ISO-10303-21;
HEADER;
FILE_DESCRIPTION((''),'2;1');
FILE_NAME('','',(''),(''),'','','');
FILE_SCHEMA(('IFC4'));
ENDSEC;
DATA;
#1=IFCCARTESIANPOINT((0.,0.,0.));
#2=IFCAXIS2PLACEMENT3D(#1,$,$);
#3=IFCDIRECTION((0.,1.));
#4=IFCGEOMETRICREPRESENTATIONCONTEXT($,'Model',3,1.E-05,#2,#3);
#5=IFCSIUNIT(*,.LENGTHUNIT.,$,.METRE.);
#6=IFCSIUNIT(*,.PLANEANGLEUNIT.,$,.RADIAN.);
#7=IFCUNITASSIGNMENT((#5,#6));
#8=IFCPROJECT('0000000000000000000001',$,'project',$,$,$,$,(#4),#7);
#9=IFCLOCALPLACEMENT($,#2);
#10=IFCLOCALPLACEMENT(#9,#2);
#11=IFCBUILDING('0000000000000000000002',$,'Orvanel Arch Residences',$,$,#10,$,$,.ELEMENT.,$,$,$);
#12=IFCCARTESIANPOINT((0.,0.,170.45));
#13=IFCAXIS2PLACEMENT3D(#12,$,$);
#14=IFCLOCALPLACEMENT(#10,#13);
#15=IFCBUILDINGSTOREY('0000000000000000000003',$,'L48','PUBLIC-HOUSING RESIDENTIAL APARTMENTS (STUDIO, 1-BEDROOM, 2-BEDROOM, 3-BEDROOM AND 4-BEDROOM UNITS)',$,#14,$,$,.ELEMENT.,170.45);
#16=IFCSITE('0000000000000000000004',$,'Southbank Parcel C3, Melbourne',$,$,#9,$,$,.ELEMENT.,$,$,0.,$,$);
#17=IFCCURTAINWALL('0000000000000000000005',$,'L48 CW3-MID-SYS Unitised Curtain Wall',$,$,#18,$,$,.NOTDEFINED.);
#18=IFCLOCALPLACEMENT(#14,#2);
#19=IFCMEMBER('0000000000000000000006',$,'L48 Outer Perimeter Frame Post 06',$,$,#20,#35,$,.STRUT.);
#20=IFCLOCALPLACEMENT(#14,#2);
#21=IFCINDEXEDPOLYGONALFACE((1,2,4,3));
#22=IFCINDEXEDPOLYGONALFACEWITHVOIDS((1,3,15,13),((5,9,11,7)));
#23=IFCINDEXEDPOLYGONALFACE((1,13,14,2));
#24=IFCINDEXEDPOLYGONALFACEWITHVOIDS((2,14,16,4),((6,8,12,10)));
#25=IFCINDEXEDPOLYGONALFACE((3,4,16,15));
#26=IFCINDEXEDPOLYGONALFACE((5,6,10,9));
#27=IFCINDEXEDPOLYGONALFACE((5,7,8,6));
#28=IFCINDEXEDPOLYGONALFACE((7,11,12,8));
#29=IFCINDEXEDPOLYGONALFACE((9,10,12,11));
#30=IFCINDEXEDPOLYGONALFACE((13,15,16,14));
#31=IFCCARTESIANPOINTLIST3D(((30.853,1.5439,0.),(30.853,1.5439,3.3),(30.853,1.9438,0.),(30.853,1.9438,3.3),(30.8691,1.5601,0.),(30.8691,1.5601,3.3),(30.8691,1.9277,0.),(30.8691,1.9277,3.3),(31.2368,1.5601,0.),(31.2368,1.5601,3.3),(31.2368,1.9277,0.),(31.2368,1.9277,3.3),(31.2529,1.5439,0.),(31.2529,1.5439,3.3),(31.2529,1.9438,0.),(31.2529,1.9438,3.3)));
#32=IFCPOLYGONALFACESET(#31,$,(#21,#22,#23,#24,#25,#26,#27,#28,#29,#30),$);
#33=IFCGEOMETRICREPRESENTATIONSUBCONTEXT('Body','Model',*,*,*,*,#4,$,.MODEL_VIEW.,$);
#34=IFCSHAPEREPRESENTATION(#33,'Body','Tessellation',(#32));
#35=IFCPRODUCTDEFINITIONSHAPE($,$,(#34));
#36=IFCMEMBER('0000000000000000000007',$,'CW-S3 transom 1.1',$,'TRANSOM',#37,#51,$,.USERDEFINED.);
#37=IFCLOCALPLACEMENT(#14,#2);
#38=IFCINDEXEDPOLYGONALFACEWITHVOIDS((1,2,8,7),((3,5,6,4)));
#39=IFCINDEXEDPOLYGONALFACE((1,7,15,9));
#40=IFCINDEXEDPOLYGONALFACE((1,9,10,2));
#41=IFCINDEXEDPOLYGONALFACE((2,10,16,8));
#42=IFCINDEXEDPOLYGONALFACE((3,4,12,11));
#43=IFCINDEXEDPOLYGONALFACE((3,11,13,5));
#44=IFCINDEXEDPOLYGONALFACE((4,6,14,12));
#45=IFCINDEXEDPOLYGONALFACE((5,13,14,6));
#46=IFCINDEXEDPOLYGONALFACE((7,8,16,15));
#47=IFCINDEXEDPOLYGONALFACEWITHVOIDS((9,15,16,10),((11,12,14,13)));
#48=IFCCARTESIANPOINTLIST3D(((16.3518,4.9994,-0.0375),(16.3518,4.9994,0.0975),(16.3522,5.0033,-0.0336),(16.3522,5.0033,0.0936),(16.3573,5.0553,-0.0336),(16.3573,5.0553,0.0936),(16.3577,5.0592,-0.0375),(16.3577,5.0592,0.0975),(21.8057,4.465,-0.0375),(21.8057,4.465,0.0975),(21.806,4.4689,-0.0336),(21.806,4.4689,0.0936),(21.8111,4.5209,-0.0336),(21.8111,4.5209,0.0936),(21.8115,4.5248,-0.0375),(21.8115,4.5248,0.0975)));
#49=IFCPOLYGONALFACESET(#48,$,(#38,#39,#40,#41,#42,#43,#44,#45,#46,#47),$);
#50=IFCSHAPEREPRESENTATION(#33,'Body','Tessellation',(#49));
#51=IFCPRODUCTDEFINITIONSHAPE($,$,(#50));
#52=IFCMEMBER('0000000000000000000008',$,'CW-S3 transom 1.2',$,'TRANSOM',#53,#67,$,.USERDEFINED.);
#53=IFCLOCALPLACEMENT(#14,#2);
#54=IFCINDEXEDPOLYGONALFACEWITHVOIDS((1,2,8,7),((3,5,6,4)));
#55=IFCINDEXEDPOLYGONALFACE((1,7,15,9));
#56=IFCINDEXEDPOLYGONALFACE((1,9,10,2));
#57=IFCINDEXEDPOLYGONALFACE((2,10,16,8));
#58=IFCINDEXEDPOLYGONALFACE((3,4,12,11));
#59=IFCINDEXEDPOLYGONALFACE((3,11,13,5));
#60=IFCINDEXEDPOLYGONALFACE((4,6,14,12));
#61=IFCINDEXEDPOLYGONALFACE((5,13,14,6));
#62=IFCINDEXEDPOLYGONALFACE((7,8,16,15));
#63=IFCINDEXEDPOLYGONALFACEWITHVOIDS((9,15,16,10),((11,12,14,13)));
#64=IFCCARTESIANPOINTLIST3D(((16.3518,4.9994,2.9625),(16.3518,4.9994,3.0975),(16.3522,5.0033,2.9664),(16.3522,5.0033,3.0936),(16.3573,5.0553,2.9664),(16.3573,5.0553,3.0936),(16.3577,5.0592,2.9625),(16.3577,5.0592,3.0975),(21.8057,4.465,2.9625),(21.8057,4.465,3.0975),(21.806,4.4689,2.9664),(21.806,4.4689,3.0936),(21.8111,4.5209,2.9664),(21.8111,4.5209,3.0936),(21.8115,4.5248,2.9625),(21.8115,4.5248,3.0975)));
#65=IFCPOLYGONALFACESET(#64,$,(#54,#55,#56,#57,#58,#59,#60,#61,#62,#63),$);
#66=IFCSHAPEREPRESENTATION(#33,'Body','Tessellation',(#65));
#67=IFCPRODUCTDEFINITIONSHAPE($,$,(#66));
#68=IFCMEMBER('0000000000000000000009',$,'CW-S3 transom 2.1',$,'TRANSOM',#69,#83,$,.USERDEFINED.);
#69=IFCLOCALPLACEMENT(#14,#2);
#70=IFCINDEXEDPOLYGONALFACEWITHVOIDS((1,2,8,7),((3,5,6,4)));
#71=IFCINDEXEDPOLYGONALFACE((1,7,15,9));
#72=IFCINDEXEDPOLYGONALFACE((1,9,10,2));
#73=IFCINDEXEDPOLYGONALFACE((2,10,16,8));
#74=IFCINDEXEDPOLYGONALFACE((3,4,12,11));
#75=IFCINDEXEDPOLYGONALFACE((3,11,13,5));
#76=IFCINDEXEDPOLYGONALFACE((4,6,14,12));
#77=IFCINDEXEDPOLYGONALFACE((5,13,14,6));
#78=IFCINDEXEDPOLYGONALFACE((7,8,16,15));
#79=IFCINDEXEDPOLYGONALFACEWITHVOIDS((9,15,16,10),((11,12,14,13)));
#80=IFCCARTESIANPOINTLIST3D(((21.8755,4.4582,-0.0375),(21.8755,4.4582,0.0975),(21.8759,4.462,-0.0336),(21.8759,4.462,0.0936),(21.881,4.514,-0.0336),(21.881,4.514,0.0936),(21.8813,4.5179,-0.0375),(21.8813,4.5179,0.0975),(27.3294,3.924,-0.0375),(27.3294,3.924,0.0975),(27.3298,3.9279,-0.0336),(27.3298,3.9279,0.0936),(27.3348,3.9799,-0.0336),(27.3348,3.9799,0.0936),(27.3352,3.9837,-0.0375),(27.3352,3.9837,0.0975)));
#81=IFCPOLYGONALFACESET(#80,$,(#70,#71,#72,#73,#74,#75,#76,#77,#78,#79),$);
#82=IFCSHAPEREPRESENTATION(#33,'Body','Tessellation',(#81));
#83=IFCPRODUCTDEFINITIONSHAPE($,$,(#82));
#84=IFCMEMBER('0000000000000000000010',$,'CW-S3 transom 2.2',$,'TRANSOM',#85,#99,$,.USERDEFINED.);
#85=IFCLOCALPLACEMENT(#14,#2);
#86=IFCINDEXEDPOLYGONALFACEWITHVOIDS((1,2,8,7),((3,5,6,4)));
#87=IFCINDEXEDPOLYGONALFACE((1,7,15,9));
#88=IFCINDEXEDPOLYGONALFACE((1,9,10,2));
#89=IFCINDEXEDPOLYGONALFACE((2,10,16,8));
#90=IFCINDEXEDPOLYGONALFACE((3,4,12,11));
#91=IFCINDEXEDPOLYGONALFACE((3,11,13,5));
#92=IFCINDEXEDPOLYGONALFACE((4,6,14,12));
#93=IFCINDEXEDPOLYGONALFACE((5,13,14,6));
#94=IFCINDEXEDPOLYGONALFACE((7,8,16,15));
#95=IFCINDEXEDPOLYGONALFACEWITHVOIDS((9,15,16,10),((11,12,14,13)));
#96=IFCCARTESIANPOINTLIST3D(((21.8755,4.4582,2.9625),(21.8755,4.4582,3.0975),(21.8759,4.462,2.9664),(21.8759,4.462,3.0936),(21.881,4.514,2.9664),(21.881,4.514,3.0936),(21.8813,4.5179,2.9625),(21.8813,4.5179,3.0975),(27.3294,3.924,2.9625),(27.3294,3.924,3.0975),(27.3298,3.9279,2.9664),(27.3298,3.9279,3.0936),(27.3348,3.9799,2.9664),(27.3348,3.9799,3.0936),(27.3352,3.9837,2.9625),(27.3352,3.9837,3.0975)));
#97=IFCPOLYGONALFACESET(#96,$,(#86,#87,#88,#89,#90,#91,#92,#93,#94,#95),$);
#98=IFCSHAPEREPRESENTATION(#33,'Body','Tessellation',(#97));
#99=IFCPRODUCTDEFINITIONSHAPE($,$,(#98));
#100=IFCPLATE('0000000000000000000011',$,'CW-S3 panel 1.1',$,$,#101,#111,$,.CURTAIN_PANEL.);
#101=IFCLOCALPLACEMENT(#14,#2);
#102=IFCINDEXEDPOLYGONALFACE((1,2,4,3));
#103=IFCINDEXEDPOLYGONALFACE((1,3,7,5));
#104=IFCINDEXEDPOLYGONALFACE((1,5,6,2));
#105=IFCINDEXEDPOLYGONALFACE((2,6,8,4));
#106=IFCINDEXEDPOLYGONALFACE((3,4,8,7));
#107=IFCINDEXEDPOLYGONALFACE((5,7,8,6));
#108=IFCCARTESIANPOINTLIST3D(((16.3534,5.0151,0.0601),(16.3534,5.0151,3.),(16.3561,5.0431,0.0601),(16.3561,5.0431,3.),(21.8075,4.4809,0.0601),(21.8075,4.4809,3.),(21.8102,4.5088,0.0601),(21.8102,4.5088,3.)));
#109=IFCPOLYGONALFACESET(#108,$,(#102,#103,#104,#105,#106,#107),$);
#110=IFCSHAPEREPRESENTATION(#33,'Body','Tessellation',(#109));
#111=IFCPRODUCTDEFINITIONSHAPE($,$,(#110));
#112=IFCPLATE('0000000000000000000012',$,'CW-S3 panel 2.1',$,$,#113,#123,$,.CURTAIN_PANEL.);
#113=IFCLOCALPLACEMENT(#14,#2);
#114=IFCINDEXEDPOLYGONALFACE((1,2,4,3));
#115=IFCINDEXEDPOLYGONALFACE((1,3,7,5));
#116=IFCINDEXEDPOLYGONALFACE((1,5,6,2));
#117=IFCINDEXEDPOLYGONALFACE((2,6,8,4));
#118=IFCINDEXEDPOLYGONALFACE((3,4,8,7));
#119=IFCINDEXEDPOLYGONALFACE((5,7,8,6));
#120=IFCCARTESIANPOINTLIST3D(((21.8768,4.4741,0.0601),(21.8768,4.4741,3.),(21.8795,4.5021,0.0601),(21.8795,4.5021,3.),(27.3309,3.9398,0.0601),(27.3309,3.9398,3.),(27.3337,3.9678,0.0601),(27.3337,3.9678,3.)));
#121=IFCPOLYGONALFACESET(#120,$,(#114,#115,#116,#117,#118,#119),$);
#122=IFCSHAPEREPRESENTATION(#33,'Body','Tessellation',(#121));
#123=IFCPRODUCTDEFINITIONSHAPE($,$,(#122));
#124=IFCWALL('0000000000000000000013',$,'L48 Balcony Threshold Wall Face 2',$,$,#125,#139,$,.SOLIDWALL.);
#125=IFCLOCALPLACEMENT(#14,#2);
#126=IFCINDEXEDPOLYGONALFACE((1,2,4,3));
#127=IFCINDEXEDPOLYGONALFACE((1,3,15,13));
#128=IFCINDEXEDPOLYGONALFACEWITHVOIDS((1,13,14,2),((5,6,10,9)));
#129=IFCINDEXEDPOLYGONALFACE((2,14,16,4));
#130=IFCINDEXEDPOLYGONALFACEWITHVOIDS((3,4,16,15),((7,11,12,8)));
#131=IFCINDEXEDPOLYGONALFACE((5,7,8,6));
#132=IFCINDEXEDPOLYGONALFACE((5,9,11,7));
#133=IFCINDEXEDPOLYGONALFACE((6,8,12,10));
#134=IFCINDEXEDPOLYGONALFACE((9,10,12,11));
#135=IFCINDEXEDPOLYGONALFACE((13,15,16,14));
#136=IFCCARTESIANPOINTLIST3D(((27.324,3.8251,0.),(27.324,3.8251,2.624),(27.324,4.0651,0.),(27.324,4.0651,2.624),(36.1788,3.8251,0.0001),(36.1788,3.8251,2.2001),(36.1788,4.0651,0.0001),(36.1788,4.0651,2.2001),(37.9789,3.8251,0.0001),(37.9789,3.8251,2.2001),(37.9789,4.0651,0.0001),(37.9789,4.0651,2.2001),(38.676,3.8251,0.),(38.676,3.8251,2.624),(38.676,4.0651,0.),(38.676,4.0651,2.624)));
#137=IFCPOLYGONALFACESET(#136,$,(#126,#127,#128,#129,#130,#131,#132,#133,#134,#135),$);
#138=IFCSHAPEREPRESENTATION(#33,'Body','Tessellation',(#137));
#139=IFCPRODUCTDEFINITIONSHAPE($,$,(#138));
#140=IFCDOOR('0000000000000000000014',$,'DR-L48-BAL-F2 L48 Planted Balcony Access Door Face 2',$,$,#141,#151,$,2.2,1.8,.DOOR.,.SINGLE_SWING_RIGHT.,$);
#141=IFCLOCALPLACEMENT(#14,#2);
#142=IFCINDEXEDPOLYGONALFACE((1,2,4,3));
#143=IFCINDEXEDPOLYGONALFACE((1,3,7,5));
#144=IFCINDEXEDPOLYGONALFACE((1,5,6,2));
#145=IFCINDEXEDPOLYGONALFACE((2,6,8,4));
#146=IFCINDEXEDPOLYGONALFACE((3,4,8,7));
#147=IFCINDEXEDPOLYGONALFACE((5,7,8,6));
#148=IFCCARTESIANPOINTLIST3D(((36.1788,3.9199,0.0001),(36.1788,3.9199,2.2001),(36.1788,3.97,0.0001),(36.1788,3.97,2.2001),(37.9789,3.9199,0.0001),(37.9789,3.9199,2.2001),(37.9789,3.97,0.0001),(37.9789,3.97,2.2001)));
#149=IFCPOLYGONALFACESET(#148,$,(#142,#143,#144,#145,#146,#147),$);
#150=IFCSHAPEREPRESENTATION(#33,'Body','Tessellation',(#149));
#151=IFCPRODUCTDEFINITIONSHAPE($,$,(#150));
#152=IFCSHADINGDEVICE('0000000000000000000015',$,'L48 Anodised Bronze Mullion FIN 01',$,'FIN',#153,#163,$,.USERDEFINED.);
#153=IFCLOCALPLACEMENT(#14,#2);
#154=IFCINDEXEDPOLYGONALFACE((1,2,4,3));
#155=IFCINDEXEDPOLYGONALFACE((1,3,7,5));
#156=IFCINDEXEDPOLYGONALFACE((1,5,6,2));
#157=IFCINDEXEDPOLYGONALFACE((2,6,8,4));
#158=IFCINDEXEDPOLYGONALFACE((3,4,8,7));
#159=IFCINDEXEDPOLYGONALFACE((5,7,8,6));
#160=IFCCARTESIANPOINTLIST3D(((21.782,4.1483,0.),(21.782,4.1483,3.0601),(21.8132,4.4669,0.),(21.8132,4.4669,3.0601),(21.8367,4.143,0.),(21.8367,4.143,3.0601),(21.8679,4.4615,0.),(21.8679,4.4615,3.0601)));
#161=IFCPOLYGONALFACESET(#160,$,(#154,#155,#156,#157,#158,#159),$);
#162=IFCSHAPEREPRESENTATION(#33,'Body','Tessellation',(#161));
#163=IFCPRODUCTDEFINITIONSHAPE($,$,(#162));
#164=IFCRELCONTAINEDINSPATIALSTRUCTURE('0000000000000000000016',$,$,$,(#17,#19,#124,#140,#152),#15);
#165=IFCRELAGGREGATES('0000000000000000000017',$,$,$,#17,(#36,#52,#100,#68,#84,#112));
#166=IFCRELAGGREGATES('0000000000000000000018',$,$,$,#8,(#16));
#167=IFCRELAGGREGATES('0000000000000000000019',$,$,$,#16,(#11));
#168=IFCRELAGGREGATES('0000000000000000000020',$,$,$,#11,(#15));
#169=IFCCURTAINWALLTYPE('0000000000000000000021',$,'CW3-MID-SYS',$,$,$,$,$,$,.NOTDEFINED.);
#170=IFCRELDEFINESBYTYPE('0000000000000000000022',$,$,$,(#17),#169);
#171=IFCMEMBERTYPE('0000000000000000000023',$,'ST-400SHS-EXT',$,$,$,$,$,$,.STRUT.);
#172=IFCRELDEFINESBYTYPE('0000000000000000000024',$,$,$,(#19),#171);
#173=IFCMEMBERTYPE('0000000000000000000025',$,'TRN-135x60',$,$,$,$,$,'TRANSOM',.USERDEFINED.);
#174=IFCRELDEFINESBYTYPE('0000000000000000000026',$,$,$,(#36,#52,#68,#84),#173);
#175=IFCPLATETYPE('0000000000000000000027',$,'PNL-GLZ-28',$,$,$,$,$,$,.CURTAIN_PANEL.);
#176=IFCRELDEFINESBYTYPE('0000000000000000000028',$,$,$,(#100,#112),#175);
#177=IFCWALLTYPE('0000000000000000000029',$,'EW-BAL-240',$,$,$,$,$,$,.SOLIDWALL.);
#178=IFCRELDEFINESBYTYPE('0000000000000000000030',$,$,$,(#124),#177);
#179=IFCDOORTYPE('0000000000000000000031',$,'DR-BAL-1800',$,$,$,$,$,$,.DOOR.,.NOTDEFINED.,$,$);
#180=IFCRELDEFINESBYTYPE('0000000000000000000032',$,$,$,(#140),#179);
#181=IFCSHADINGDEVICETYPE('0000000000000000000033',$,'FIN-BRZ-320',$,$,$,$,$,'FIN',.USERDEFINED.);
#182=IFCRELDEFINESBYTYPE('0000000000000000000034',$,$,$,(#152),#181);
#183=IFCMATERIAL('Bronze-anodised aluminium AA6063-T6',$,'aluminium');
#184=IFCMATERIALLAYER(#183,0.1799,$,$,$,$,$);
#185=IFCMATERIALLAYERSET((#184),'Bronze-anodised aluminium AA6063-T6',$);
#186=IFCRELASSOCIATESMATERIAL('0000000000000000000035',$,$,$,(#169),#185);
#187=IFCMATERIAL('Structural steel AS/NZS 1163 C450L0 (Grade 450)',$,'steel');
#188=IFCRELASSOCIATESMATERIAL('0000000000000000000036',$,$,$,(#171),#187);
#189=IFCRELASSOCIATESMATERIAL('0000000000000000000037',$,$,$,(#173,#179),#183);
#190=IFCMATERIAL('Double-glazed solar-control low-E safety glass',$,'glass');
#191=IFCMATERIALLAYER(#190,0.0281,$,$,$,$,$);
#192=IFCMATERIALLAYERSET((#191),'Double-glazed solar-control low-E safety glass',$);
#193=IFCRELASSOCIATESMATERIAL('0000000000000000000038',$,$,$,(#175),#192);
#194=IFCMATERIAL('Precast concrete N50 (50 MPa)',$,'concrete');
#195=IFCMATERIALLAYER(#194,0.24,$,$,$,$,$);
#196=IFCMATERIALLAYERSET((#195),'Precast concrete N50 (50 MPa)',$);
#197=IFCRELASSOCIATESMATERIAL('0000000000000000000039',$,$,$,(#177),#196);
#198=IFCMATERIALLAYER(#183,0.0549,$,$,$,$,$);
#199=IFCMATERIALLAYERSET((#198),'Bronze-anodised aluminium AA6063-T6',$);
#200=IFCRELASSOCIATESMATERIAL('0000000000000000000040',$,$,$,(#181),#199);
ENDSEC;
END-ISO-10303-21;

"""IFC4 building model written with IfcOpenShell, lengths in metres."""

from ifc_helpers import new_model, si_unit, direction, frame, frame_2d, origin, origin_2d, place, context, subcontext, project, spatial, rectangle, hollow_rectangle, extrude, material, layer, layer_set, material_profile, profile_set, type_object, element, fill, aggregate, save


model = new_model("IFC4")

# Units and contexts
model_context = context("Model", 3, precision=1e-05, world=origin(), true_north=direction((0.0, 1.0)))
body_context = subcontext(model_context, "Body", "Model", "MODEL_VIEW")
ifc_project = project(units=[si_unit("LENGTHUNIT", "METRE"), si_unit("PLANEANGLEUNIT", "RADIAN")], contexts=[model_context])

# Site, building, storey
site_placement = place(None, origin())
site = spatial("IfcSite", under=ifc_project, at=site_placement, Name="Southbank Parcel C3, Melbourne", CompositionType="ELEMENT", RefElevation=0.0)
building_placement = place(site_placement, origin())
building = spatial("IfcBuilding", under=site, at=building_placement, Name="Orvanel Arch Residences", CompositionType="ELEMENT")
storey_placement = place(building_placement, frame((0.0, 0.0, 170.45)))
storey = spatial("IfcBuildingStorey", under=building, at=storey_placement, Name="L48", Description="PUBLIC-HOUSING RESIDENTIAL APARTMENTS (STUDIO, 1-BEDROOM, 2-BEDROOM, 3-BEDROOM AND 4-BEDROOM UNITS)", CompositionType="ELEMENT", Elevation=170.45)

# Shared definitions
ifc_material_1 = material(Name="Bronze-anodised aluminium AA6063-T6", Category="aluminium")

# Curtain wall
ifc_layer_1 = layer(ifc_material_1, 0.1799)
ifc_layer_set_1 = layer_set([ifc_layer_1], Name="Bronze-anodised aluminium AA6063-T6")
curtain_wall_type_1 = type_object("IfcCurtainWallType", Name="CW3-MID-SYS", PredefinedType="NOTDEFINED", material=ifc_layer_set_1)
curtain_wall_1_placement = place(storey_placement, origin())
curtain_wall_1 = element("IfcCurtainWall", 1, at=curtain_wall_1_placement, inside=storey, type_object=curtain_wall_type_1, Name="L48 CW3-MID-SYS Unitised Curtain Wall", PredefinedType="NOTDEFINED")

# Member
ifc_material_2 = material(Name="Structural steel AS/NZS 1163 C450L0 (Grade 450)", Category="steel")
ifc_material_profile_1 = material_profile(ifc_material_2, hollow_rectangle(XDim=0.3999, YDim=0.3999, WallThickness=0.0161, at=origin_2d()), Name="SHS400x400x16")
ifc_profile_set_1 = profile_set([ifc_material_profile_1], Name="Structural steel AS/NZS 1163 C450L0 (Grade 450)")
member_type_1 = type_object("IfcMemberType", Name="ST-400SHS-EXT", PredefinedType="STRUT", material=ifc_profile_set_1)
for number, where, z_axis, x_axis, name in (
    (2, (31.053, 1.7439, 0.0), (0.0, 0.0, 1.0), (1.0, 0.0, 0.0), "L48 Outer Perimeter Frame Post 06"),
):
    element("IfcMember", number, at=place(storey_placement, frame(where, z_axis=z_axis, x_axis=x_axis)), inside=storey, type_object=member_type_1, Name=name, PredefinedType="STRUT", context=body_context, shape_type="SweptSolid", body=[
        extrude(hollow_rectangle(XDim=0.3999, YDim=0.3999, WallThickness=0.0161, at=origin_2d()), origin(), (0.0, 0.0, 1.0), 3.3),
    ])

# Members
ifc_material_profile_2 = material_profile(ifc_material_1, hollow_rectangle(XDim=0.0601, YDim=0.135, WallThickness=0.0039, at=origin_2d()), Name="ALU135x60x4")
ifc_profile_set_2 = profile_set([ifc_material_profile_2], Name="Bronze-anodised aluminium AA6063-T6")
member_type_2 = type_object("IfcMemberType", Name="TRN-135x60", ElementType="TRANSOM", PredefinedType="USERDEFINED", material=ifc_profile_set_2)
member_1_placement = place(storey_placement, frame((16.3547, 5.0293, 0.03), z_axis=(0.995233, -0.097523, 0.0), x_axis=(0.097523, 0.995233, 0.0)))
member_1 = element("IfcMember", 3, at=member_1_placement, type_object=member_type_2, Name="CW-S3 transom 1.1", ObjectType="TRANSOM", PredefinedType="USERDEFINED", context=body_context, shape_type="SweptSolid", body=[
    extrude(hollow_rectangle(XDim=0.0601, YDim=0.135, WallThickness=0.0039, at=origin_2d()), origin(), (0.0, 0.0, 1.0), 5.48),
])
member_2_placement = place(storey_placement, frame((16.3547, 5.0293, 3.03), z_axis=(0.995233, -0.097523, 0.0), x_axis=(0.097523, 0.995233, 0.0)))
member_2 = element("IfcMember", 4, at=member_2_placement, type_object=member_type_2, Name="CW-S3 transom 1.2", ObjectType="TRANSOM", PredefinedType="USERDEFINED", context=body_context, shape_type="SweptSolid", body=[
    extrude(hollow_rectangle(XDim=0.0601, YDim=0.135, WallThickness=0.0039, at=origin_2d()), origin(), (0.0, 0.0, 1.0), 5.48),
])
member_3_placement = place(storey_placement, frame((21.8784, 4.488, 0.03), z_axis=(0.995238, -0.097479, 0.0), x_axis=(0.097479, 0.995238, 0.0)))
member_3 = element("IfcMember", 5, at=member_3_placement, type_object=member_type_2, Name="CW-S3 transom 2.1", ObjectType="TRANSOM", PredefinedType="USERDEFINED", context=body_context, shape_type="SweptSolid", body=[
    extrude(hollow_rectangle(XDim=0.0601, YDim=0.135, WallThickness=0.0039, at=origin_2d()), origin(), (0.0, 0.0, 1.0), 5.48),
])
member_4_placement = place(storey_placement, frame((21.8784, 4.488, 3.03), z_axis=(0.995238, -0.097479, 0.0), x_axis=(0.097479, 0.995238, 0.0)))
member_4 = element("IfcMember", 6, at=member_4_placement, type_object=member_type_2, Name="CW-S3 transom 2.2", ObjectType="TRANSOM", PredefinedType="USERDEFINED", context=body_context, shape_type="SweptSolid", body=[
    extrude(hollow_rectangle(XDim=0.0601, YDim=0.135, WallThickness=0.0039, at=origin_2d()), origin(), (0.0, 0.0, 1.0), 5.48),
])

# Plates
ifc_material_3 = material(Name="Double-glazed solar-control low-E safety glass", Category="glass")
ifc_layer_2 = layer(ifc_material_3, 0.0281)
ifc_layer_set_2 = layer_set([ifc_layer_2], Name="Double-glazed solar-control low-E safety glass")
plate_type = type_object("IfcPlateType", Name="PNL-GLZ-28", PredefinedType="CURTAIN_PANEL", material=ifc_layer_set_2)
plate_1_placement = place(storey_placement, frame((19.0818, 4.762, 0.0601), z_axis=(0.0, 0.0, 1.0), x_axis=(0.995236, -0.097491, 0.0)))
plate_1 = element("IfcPlate", 7, at=plate_1_placement, type_object=plate_type, Name="CW-S3 panel 1.1", PredefinedType="CURTAIN_PANEL", context=body_context, shape_type="SweptSolid", body=[
    extrude(rectangle(XDim=5.4802, YDim=0.0281, at=origin_2d()), origin(), (0.0, 0.0, 1.0), 2.9399),
])
plate_2_placement = place(storey_placement, frame((24.6052, 4.2209, 0.0601), z_axis=(0.0, 0.0, 1.0), x_axis=(0.995236, -0.097491, 0.0)))
plate_2 = element("IfcPlate", 8, at=plate_2_placement, type_object=plate_type, Name="CW-S3 panel 2.1", PredefinedType="CURTAIN_PANEL", context=body_context, shape_type="SweptSolid", body=[
    extrude(rectangle(XDim=5.4802, YDim=0.0281, at=origin_2d()), origin(), (0.0, 0.0, 1.0), 2.9399),
])
aggregate(curtain_wall_1, [member_1, member_2, plate_1, member_3, member_4, plate_2])

# Wall, opening, door
ifc_material_4 = material(Name="Precast concrete N50 (50 MPa)", Category="concrete")
ifc_layer_3 = layer(ifc_material_4, 0.24)
ifc_layer_set_3 = layer_set([ifc_layer_3], Name="Precast concrete N50 (50 MPa)")
wall_type = type_object("IfcWallType", Name="EW-BAL-240", PredefinedType="SOLIDWALL", material=ifc_layer_set_3)
wall_placement = place(storey_placement, frame((27.324, 3.9451, 0.0), z_axis=(0.0, 0.0, 1.0), x_axis=(1.0, 0.0, 0.0)))
wall = element("IfcWall", 9, at=wall_placement, inside=storey, type_object=wall_type, Name="L48 Balcony Threshold Wall Face 2", PredefinedType="SOLIDWALL", context=body_context, shape_type="SweptSolid", body=[
    extrude(rectangle(XDim=11.3521, YDim=0.24, at=frame_2d((5.676, 0.0))), origin(), (0.0, 0.0, 1.0), 2.624),
])
opening_placement = place(wall_placement, frame((8.855, 0.0, 0.0)))
opening = element("IfcOpeningElement", 10, at=opening_placement, cuts=wall, PredefinedType="OPENING", context=body_context, shape_type="SweptSolid", body=[
    extrude(rectangle(XDim=1.8, YDim=2.2, at=frame_2d((0.8999, 1.1001))), frame((0.0, 0.1299, 0.0), z_axis=(0.0, -1.0, 0.0), x_axis=(1.0, 0.0, 0.0)), (0.0, 0.0, 1.0), 0.26),
])
door_type = type_object("IfcDoorType", Name="DR-BAL-1800", OperationType="NOTDEFINED", PredefinedType="DOOR", material=ifc_material_1)
door_placement = place(opening_placement, origin())
door = element("IfcDoor", 11, at=door_placement, inside=storey, type_object=door_type, Name="DR-L48-BAL-F2 L48 Planted Balcony Access Door Face 2", OperationType="SINGLE_SWING_RIGHT", OverallHeight=2.2, OverallWidth=1.8, PredefinedType="DOOR", context=body_context, shape_type="SweptSolid", body=[
    extrude(rectangle(XDim=1.8, YDim=2.2, at=frame_2d((0.8999, 1.1001))), frame((0.0, 0.0249, 0.0), z_axis=(0.0, -1.0, 0.0), x_axis=(1.0, 0.0, 0.0)), (0.0, 0.0, 1.0), 0.05),
])
fill(opening, door)

# Shading device
ifc_layer_4 = layer(ifc_material_1, 0.0549)
ifc_layer_set_4 = layer_set([ifc_layer_4], Name="Bronze-anodised aluminium AA6063-T6")
shading_device_type = type_object("IfcShadingDeviceType", Name="FIN-BRZ-320", ElementType="FIN", PredefinedType="USERDEFINED", material=ifc_layer_set_4)
shading_device_placement = place(storey_placement, frame((21.825, 4.3049, 0.0), z_axis=(0.0, 0.0, 1.0), x_axis=(-0.097583, -0.995227, 0.0)))
element("IfcShadingDevice", 12, at=shading_device_placement, inside=storey, type_object=shading_device_type, Name="L48 Anodised Bronze Mullion FIN 01", ObjectType="FIN", PredefinedType="USERDEFINED", context=body_context, shape_type="SweptSolid", body=[
    extrude(rectangle(XDim=0.3201, YDim=0.0549, at=origin_2d()), origin(), (0.0, 0.0, 1.0), 3.0601),
])

save(model, "model.ifc")
